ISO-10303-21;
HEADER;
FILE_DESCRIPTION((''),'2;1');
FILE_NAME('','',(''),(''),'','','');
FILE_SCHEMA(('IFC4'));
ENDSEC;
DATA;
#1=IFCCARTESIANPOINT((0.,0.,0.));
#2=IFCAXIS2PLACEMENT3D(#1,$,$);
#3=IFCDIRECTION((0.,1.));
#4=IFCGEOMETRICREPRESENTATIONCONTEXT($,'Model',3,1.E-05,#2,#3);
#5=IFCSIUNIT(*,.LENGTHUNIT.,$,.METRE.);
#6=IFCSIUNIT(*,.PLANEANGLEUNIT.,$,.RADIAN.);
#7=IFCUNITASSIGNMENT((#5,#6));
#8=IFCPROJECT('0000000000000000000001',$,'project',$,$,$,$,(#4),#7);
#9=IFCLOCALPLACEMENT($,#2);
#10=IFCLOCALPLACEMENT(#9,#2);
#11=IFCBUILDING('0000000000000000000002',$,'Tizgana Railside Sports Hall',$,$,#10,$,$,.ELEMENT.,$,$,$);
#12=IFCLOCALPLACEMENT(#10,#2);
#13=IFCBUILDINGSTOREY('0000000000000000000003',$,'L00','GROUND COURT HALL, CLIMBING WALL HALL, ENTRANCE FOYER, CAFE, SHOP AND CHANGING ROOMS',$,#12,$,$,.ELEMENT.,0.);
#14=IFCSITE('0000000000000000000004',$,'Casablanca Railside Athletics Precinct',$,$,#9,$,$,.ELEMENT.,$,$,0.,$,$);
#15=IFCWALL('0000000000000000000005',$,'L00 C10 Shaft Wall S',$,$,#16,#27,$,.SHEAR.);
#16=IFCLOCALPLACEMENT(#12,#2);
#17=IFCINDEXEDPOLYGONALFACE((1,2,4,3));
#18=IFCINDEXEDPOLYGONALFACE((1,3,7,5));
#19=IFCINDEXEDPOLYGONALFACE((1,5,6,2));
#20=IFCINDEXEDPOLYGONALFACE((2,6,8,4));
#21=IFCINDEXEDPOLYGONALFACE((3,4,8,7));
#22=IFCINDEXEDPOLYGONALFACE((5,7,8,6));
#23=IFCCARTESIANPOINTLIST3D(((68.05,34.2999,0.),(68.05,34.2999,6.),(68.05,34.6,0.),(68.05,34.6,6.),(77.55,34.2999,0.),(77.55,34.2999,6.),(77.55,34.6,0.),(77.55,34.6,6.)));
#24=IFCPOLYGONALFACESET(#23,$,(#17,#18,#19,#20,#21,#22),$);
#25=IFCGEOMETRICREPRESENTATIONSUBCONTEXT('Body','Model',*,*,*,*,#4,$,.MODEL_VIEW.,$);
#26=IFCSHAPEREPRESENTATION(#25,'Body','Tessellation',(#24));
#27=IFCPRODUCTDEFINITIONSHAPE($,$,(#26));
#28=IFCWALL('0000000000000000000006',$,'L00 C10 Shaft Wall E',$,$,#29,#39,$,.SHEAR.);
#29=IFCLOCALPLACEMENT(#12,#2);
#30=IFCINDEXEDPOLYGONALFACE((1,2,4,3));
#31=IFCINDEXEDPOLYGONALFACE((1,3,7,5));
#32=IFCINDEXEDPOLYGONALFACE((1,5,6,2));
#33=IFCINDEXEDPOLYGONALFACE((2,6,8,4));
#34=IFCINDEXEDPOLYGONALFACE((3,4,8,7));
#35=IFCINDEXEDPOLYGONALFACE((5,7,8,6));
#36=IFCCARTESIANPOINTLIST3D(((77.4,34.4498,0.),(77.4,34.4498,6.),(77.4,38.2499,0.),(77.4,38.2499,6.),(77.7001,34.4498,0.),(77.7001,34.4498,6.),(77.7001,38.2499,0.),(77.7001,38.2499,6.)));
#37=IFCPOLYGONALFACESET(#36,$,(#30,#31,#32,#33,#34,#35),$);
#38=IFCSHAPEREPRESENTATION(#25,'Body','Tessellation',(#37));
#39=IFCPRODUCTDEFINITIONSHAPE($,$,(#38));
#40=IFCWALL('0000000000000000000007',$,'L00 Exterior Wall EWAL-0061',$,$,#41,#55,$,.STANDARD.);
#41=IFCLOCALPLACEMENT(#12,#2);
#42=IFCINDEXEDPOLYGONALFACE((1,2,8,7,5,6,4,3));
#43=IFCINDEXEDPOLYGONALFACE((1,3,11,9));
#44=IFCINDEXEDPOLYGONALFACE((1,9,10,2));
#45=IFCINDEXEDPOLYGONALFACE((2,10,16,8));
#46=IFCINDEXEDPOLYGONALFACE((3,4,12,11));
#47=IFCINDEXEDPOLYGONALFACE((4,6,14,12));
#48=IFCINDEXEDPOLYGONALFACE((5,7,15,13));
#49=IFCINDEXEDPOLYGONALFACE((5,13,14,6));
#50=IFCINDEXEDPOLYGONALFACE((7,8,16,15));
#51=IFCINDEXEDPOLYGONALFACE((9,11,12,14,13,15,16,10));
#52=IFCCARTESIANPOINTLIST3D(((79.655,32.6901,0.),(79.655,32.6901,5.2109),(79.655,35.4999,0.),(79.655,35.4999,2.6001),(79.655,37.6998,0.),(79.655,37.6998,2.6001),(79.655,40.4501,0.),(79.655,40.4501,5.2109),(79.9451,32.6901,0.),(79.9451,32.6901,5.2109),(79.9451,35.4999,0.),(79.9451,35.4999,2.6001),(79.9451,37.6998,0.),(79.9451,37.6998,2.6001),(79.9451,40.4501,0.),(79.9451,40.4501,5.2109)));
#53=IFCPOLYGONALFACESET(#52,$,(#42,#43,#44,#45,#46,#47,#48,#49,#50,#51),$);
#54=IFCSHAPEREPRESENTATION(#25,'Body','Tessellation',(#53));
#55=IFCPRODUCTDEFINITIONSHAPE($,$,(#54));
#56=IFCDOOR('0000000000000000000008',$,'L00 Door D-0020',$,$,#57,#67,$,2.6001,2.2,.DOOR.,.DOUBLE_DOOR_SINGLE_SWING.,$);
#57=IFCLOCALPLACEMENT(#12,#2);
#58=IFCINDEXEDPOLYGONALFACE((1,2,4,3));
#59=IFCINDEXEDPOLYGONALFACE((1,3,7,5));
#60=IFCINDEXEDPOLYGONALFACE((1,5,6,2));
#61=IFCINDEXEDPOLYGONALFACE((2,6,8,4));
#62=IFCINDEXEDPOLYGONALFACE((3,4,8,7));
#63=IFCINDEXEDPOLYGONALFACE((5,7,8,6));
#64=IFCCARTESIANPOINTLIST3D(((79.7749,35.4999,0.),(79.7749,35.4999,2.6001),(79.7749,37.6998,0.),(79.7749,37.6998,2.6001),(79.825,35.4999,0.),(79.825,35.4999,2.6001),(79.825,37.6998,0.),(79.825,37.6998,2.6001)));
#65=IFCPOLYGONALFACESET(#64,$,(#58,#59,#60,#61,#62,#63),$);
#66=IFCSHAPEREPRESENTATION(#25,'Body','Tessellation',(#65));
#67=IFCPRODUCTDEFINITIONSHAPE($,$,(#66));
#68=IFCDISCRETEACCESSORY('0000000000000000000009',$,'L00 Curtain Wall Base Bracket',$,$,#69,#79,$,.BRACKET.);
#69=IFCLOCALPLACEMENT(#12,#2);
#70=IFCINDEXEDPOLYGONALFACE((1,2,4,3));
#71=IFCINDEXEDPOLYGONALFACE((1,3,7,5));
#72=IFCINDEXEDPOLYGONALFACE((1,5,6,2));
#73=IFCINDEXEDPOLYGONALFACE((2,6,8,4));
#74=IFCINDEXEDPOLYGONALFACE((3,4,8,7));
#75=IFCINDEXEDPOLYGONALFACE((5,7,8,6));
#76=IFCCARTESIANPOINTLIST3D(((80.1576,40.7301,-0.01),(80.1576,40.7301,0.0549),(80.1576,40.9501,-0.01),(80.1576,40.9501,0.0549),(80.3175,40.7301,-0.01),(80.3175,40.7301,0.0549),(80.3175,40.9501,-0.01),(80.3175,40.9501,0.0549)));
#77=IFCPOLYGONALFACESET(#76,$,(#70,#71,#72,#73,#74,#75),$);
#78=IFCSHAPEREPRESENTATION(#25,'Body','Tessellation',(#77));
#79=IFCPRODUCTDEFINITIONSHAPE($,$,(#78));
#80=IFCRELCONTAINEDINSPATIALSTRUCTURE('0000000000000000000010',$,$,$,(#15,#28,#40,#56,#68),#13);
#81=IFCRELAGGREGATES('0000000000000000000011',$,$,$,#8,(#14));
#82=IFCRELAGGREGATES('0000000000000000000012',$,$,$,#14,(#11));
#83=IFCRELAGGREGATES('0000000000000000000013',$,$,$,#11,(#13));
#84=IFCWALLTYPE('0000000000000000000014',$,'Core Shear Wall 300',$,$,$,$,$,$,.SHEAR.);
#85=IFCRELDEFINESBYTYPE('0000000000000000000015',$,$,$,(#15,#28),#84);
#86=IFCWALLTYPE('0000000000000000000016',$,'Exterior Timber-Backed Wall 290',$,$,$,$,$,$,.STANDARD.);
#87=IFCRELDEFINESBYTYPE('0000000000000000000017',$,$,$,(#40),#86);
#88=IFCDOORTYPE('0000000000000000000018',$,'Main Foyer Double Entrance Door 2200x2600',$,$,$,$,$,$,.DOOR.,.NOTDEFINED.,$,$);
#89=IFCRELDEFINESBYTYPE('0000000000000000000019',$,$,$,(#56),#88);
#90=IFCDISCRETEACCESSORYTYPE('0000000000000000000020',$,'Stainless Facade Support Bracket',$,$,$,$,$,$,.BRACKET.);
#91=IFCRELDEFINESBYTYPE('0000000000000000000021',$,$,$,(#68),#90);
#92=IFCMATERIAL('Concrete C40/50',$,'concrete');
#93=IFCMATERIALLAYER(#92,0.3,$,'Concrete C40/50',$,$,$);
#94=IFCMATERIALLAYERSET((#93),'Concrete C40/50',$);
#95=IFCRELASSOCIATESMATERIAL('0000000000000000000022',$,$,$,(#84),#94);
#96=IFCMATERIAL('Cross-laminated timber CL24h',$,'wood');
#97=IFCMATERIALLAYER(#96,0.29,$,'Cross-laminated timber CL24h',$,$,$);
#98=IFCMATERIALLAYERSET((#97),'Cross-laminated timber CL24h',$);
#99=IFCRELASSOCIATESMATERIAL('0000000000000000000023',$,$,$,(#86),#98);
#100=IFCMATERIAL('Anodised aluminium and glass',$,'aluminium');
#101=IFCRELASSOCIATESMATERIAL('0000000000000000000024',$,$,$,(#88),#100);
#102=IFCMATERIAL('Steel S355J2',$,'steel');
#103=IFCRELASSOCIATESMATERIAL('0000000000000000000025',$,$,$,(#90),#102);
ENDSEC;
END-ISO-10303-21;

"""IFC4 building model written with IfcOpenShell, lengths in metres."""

from ifc_helpers import new_model, si_unit, direction, frame, frame_2d, origin, origin_2d, place, context, subcontext, project, spatial, rectangle, extrude, material, layer, layer_set, type_object, element, fill, save


model = new_model("IFC4")

# Units and contexts
model_context = context("Model", 3, precision=1e-05, world=origin(), true_north=direction((0.0, 1.0)))
body_context = subcontext(model_context, "Body", "Model", "MODEL_VIEW")
ifc_project = project(units=[si_unit("LENGTHUNIT", "METRE"), si_unit("PLANEANGLEUNIT", "RADIAN")], contexts=[model_context])

# Site, building, storey
site_placement = place(None, origin())
site = spatial("IfcSite", under=ifc_project, at=site_placement, Name="Casablanca Railside Athletics Precinct", CompositionType="ELEMENT", RefElevation=0.0)
building_placement = place(site_placement, origin())
building = spatial("IfcBuilding", under=site, at=building_placement, Name="Tizgana Railside Sports Hall", CompositionType="ELEMENT")
storey_placement = place(building_placement, origin())
storey = spatial("IfcBuildingStorey", under=building, at=storey_placement, Name="L00", Description="GROUND COURT HALL, CLIMBING WALL HALL, ENTRANCE FOYER, CAFE, SHOP AND CHANGING ROOMS", CompositionType="ELEMENT", Elevation=0.0)

# Shared definitions
ifc_material_1 = material(Name="Concrete C40/50", Category="concrete")

# Shared definitions
ifc_material_2 = material(Name="Anodised aluminium and glass", Category="aluminium")

# Shared definitions
ifc_material_3 = material(Name="Steel S355J2", Category="steel")

# Walls
ifc_layer_1 = layer(ifc_material_1, 0.3, Name="Concrete C40/50")
ifc_layer_set_1 = layer_set([ifc_layer_1], Name="Concrete C40/50")
wall_type_1 = type_object("IfcWallType", Name="Core Shear Wall 300", PredefinedType="SHEAR", material=ifc_layer_set_1)
wall_1_placement = place(storey_placement, frame((77.55, 34.45, 0.0), z_axis=(0.0, 0.0, 1.0), x_axis=(-1.0, 0.0, 0.0)))
element("IfcWall", 1, at=wall_1_placement, inside=storey, type_object=wall_type_1, Name="L00 C10 Shaft Wall S", PredefinedType="SHEAR", context=body_context, shape_type="SweptSolid", body=[
    extrude(rectangle(XDim=9.5, YDim=0.3, at=frame_2d((4.75, 0.0))), origin(), (0.0, 0.0, 1.0), 6.0),
])
wall_2_placement = place(storey_placement, frame((77.55, 34.45, 0.0), z_axis=(0.0, 0.0, 1.0), x_axis=(0.0, 1.0, 0.0)))
element("IfcWall", 2, at=wall_2_placement, inside=storey, type_object=wall_type_1, Name="L00 C10 Shaft Wall E", PredefinedType="SHEAR", context=body_context, shape_type="SweptSolid", body=[
    extrude(rectangle(XDim=3.8, YDim=0.3, at=frame_2d((1.8999, 0.0))), origin(), (0.0, 0.0, 1.0), 6.0),
])

# Wall, opening, door
ifc_material_4 = material(Name="Cross-laminated timber CL24h", Category="wood")
ifc_layer_2 = layer(ifc_material_4, 0.29, Name="Cross-laminated timber CL24h")
ifc_layer_set_2 = layer_set([ifc_layer_2], Name="Cross-laminated timber CL24h")
wall_type_2 = type_object("IfcWallType", Name="Exterior Timber-Backed Wall 290", PredefinedType="STANDARD", material=ifc_layer_set_2)
wall_3_placement = place(storey_placement, frame((79.8, 40.45, 0.0), z_axis=(0.0, 0.0, 1.0), x_axis=(0.0, -1.0, 0.0)))
wall_3 = element("IfcWall", 3, at=wall_3_placement, inside=storey, type_object=wall_type_2, Name="L00 Exterior Wall EWAL-0061", PredefinedType="STANDARD", context=body_context, shape_type="SweptSolid", body=[
    extrude(rectangle(XDim=7.76, YDim=0.29, at=frame_2d((3.8799, 0.0))), origin(), (0.0, 0.0, 1.0), 5.2109),
])
opening_placement = place(wall_3_placement, frame((2.75, 0.0, 0.0)))
opening = element("IfcOpeningElement", 4, at=opening_placement, cuts=wall_3, PredefinedType="OPENING", context=body_context, shape_type="SweptSolid", body=[
    extrude(rectangle(XDim=2.2, YDim=2.6001, at=frame_2d((1.1001, 1.3))), frame((0.0, 0.155, 0.0), z_axis=(0.0, -1.0, 0.0), x_axis=(1.0, 0.0, 0.0)), (0.0, 0.0, 1.0), 0.3101),
])
door_type = type_object("IfcDoorType", Name="Main Foyer Double Entrance Door 2200x2600", OperationType="NOTDEFINED", PredefinedType="DOOR", material=ifc_material_2)
door_placement = place(opening_placement, origin())
door = element("IfcDoor", 5, at=door_placement, inside=storey, type_object=door_type, Name="L00 Door D-0020", OperationType="DOUBLE_DOOR_SINGLE_SWING", OverallHeight=2.6001, OverallWidth=2.2, PredefinedType="DOOR", context=body_context, shape_type="SweptSolid", body=[
    extrude(rectangle(XDim=2.2, YDim=2.6001, at=frame_2d((1.1001, 1.3))), frame((0.0, 0.0249, 0.0), z_axis=(0.0, -1.0, 0.0), x_axis=(1.0, 0.0, 0.0)), (0.0, 0.0, 1.0), 0.05),
])
fill(opening, door)

# Discrete accessory
discrete_accessory_type = type_object("IfcDiscreteAccessoryType", Name="Stainless Facade Support Bracket", PredefinedType="BRACKET", material=ifc_material_3)
discrete_accessory_placement = place(storey_placement, frame((80.2375, 40.8401, -0.01), z_axis=(0.0, 0.0, 1.0), x_axis=(-1.0, 0.0, 0.0)))
element("IfcDiscreteAccessory", 6, at=discrete_accessory_placement, inside=storey, type_object=discrete_accessory_type, Name="L00 Curtain Wall Base Bracket", PredefinedType="BRACKET", context=body_context, shape_type="SweptSolid", body=[
    extrude(rectangle(XDim=0.1599, YDim=0.22, at=origin_2d()), origin(), (0.0, 0.0, 1.0), 0.0649),
])

save(model, "model.ifc")
